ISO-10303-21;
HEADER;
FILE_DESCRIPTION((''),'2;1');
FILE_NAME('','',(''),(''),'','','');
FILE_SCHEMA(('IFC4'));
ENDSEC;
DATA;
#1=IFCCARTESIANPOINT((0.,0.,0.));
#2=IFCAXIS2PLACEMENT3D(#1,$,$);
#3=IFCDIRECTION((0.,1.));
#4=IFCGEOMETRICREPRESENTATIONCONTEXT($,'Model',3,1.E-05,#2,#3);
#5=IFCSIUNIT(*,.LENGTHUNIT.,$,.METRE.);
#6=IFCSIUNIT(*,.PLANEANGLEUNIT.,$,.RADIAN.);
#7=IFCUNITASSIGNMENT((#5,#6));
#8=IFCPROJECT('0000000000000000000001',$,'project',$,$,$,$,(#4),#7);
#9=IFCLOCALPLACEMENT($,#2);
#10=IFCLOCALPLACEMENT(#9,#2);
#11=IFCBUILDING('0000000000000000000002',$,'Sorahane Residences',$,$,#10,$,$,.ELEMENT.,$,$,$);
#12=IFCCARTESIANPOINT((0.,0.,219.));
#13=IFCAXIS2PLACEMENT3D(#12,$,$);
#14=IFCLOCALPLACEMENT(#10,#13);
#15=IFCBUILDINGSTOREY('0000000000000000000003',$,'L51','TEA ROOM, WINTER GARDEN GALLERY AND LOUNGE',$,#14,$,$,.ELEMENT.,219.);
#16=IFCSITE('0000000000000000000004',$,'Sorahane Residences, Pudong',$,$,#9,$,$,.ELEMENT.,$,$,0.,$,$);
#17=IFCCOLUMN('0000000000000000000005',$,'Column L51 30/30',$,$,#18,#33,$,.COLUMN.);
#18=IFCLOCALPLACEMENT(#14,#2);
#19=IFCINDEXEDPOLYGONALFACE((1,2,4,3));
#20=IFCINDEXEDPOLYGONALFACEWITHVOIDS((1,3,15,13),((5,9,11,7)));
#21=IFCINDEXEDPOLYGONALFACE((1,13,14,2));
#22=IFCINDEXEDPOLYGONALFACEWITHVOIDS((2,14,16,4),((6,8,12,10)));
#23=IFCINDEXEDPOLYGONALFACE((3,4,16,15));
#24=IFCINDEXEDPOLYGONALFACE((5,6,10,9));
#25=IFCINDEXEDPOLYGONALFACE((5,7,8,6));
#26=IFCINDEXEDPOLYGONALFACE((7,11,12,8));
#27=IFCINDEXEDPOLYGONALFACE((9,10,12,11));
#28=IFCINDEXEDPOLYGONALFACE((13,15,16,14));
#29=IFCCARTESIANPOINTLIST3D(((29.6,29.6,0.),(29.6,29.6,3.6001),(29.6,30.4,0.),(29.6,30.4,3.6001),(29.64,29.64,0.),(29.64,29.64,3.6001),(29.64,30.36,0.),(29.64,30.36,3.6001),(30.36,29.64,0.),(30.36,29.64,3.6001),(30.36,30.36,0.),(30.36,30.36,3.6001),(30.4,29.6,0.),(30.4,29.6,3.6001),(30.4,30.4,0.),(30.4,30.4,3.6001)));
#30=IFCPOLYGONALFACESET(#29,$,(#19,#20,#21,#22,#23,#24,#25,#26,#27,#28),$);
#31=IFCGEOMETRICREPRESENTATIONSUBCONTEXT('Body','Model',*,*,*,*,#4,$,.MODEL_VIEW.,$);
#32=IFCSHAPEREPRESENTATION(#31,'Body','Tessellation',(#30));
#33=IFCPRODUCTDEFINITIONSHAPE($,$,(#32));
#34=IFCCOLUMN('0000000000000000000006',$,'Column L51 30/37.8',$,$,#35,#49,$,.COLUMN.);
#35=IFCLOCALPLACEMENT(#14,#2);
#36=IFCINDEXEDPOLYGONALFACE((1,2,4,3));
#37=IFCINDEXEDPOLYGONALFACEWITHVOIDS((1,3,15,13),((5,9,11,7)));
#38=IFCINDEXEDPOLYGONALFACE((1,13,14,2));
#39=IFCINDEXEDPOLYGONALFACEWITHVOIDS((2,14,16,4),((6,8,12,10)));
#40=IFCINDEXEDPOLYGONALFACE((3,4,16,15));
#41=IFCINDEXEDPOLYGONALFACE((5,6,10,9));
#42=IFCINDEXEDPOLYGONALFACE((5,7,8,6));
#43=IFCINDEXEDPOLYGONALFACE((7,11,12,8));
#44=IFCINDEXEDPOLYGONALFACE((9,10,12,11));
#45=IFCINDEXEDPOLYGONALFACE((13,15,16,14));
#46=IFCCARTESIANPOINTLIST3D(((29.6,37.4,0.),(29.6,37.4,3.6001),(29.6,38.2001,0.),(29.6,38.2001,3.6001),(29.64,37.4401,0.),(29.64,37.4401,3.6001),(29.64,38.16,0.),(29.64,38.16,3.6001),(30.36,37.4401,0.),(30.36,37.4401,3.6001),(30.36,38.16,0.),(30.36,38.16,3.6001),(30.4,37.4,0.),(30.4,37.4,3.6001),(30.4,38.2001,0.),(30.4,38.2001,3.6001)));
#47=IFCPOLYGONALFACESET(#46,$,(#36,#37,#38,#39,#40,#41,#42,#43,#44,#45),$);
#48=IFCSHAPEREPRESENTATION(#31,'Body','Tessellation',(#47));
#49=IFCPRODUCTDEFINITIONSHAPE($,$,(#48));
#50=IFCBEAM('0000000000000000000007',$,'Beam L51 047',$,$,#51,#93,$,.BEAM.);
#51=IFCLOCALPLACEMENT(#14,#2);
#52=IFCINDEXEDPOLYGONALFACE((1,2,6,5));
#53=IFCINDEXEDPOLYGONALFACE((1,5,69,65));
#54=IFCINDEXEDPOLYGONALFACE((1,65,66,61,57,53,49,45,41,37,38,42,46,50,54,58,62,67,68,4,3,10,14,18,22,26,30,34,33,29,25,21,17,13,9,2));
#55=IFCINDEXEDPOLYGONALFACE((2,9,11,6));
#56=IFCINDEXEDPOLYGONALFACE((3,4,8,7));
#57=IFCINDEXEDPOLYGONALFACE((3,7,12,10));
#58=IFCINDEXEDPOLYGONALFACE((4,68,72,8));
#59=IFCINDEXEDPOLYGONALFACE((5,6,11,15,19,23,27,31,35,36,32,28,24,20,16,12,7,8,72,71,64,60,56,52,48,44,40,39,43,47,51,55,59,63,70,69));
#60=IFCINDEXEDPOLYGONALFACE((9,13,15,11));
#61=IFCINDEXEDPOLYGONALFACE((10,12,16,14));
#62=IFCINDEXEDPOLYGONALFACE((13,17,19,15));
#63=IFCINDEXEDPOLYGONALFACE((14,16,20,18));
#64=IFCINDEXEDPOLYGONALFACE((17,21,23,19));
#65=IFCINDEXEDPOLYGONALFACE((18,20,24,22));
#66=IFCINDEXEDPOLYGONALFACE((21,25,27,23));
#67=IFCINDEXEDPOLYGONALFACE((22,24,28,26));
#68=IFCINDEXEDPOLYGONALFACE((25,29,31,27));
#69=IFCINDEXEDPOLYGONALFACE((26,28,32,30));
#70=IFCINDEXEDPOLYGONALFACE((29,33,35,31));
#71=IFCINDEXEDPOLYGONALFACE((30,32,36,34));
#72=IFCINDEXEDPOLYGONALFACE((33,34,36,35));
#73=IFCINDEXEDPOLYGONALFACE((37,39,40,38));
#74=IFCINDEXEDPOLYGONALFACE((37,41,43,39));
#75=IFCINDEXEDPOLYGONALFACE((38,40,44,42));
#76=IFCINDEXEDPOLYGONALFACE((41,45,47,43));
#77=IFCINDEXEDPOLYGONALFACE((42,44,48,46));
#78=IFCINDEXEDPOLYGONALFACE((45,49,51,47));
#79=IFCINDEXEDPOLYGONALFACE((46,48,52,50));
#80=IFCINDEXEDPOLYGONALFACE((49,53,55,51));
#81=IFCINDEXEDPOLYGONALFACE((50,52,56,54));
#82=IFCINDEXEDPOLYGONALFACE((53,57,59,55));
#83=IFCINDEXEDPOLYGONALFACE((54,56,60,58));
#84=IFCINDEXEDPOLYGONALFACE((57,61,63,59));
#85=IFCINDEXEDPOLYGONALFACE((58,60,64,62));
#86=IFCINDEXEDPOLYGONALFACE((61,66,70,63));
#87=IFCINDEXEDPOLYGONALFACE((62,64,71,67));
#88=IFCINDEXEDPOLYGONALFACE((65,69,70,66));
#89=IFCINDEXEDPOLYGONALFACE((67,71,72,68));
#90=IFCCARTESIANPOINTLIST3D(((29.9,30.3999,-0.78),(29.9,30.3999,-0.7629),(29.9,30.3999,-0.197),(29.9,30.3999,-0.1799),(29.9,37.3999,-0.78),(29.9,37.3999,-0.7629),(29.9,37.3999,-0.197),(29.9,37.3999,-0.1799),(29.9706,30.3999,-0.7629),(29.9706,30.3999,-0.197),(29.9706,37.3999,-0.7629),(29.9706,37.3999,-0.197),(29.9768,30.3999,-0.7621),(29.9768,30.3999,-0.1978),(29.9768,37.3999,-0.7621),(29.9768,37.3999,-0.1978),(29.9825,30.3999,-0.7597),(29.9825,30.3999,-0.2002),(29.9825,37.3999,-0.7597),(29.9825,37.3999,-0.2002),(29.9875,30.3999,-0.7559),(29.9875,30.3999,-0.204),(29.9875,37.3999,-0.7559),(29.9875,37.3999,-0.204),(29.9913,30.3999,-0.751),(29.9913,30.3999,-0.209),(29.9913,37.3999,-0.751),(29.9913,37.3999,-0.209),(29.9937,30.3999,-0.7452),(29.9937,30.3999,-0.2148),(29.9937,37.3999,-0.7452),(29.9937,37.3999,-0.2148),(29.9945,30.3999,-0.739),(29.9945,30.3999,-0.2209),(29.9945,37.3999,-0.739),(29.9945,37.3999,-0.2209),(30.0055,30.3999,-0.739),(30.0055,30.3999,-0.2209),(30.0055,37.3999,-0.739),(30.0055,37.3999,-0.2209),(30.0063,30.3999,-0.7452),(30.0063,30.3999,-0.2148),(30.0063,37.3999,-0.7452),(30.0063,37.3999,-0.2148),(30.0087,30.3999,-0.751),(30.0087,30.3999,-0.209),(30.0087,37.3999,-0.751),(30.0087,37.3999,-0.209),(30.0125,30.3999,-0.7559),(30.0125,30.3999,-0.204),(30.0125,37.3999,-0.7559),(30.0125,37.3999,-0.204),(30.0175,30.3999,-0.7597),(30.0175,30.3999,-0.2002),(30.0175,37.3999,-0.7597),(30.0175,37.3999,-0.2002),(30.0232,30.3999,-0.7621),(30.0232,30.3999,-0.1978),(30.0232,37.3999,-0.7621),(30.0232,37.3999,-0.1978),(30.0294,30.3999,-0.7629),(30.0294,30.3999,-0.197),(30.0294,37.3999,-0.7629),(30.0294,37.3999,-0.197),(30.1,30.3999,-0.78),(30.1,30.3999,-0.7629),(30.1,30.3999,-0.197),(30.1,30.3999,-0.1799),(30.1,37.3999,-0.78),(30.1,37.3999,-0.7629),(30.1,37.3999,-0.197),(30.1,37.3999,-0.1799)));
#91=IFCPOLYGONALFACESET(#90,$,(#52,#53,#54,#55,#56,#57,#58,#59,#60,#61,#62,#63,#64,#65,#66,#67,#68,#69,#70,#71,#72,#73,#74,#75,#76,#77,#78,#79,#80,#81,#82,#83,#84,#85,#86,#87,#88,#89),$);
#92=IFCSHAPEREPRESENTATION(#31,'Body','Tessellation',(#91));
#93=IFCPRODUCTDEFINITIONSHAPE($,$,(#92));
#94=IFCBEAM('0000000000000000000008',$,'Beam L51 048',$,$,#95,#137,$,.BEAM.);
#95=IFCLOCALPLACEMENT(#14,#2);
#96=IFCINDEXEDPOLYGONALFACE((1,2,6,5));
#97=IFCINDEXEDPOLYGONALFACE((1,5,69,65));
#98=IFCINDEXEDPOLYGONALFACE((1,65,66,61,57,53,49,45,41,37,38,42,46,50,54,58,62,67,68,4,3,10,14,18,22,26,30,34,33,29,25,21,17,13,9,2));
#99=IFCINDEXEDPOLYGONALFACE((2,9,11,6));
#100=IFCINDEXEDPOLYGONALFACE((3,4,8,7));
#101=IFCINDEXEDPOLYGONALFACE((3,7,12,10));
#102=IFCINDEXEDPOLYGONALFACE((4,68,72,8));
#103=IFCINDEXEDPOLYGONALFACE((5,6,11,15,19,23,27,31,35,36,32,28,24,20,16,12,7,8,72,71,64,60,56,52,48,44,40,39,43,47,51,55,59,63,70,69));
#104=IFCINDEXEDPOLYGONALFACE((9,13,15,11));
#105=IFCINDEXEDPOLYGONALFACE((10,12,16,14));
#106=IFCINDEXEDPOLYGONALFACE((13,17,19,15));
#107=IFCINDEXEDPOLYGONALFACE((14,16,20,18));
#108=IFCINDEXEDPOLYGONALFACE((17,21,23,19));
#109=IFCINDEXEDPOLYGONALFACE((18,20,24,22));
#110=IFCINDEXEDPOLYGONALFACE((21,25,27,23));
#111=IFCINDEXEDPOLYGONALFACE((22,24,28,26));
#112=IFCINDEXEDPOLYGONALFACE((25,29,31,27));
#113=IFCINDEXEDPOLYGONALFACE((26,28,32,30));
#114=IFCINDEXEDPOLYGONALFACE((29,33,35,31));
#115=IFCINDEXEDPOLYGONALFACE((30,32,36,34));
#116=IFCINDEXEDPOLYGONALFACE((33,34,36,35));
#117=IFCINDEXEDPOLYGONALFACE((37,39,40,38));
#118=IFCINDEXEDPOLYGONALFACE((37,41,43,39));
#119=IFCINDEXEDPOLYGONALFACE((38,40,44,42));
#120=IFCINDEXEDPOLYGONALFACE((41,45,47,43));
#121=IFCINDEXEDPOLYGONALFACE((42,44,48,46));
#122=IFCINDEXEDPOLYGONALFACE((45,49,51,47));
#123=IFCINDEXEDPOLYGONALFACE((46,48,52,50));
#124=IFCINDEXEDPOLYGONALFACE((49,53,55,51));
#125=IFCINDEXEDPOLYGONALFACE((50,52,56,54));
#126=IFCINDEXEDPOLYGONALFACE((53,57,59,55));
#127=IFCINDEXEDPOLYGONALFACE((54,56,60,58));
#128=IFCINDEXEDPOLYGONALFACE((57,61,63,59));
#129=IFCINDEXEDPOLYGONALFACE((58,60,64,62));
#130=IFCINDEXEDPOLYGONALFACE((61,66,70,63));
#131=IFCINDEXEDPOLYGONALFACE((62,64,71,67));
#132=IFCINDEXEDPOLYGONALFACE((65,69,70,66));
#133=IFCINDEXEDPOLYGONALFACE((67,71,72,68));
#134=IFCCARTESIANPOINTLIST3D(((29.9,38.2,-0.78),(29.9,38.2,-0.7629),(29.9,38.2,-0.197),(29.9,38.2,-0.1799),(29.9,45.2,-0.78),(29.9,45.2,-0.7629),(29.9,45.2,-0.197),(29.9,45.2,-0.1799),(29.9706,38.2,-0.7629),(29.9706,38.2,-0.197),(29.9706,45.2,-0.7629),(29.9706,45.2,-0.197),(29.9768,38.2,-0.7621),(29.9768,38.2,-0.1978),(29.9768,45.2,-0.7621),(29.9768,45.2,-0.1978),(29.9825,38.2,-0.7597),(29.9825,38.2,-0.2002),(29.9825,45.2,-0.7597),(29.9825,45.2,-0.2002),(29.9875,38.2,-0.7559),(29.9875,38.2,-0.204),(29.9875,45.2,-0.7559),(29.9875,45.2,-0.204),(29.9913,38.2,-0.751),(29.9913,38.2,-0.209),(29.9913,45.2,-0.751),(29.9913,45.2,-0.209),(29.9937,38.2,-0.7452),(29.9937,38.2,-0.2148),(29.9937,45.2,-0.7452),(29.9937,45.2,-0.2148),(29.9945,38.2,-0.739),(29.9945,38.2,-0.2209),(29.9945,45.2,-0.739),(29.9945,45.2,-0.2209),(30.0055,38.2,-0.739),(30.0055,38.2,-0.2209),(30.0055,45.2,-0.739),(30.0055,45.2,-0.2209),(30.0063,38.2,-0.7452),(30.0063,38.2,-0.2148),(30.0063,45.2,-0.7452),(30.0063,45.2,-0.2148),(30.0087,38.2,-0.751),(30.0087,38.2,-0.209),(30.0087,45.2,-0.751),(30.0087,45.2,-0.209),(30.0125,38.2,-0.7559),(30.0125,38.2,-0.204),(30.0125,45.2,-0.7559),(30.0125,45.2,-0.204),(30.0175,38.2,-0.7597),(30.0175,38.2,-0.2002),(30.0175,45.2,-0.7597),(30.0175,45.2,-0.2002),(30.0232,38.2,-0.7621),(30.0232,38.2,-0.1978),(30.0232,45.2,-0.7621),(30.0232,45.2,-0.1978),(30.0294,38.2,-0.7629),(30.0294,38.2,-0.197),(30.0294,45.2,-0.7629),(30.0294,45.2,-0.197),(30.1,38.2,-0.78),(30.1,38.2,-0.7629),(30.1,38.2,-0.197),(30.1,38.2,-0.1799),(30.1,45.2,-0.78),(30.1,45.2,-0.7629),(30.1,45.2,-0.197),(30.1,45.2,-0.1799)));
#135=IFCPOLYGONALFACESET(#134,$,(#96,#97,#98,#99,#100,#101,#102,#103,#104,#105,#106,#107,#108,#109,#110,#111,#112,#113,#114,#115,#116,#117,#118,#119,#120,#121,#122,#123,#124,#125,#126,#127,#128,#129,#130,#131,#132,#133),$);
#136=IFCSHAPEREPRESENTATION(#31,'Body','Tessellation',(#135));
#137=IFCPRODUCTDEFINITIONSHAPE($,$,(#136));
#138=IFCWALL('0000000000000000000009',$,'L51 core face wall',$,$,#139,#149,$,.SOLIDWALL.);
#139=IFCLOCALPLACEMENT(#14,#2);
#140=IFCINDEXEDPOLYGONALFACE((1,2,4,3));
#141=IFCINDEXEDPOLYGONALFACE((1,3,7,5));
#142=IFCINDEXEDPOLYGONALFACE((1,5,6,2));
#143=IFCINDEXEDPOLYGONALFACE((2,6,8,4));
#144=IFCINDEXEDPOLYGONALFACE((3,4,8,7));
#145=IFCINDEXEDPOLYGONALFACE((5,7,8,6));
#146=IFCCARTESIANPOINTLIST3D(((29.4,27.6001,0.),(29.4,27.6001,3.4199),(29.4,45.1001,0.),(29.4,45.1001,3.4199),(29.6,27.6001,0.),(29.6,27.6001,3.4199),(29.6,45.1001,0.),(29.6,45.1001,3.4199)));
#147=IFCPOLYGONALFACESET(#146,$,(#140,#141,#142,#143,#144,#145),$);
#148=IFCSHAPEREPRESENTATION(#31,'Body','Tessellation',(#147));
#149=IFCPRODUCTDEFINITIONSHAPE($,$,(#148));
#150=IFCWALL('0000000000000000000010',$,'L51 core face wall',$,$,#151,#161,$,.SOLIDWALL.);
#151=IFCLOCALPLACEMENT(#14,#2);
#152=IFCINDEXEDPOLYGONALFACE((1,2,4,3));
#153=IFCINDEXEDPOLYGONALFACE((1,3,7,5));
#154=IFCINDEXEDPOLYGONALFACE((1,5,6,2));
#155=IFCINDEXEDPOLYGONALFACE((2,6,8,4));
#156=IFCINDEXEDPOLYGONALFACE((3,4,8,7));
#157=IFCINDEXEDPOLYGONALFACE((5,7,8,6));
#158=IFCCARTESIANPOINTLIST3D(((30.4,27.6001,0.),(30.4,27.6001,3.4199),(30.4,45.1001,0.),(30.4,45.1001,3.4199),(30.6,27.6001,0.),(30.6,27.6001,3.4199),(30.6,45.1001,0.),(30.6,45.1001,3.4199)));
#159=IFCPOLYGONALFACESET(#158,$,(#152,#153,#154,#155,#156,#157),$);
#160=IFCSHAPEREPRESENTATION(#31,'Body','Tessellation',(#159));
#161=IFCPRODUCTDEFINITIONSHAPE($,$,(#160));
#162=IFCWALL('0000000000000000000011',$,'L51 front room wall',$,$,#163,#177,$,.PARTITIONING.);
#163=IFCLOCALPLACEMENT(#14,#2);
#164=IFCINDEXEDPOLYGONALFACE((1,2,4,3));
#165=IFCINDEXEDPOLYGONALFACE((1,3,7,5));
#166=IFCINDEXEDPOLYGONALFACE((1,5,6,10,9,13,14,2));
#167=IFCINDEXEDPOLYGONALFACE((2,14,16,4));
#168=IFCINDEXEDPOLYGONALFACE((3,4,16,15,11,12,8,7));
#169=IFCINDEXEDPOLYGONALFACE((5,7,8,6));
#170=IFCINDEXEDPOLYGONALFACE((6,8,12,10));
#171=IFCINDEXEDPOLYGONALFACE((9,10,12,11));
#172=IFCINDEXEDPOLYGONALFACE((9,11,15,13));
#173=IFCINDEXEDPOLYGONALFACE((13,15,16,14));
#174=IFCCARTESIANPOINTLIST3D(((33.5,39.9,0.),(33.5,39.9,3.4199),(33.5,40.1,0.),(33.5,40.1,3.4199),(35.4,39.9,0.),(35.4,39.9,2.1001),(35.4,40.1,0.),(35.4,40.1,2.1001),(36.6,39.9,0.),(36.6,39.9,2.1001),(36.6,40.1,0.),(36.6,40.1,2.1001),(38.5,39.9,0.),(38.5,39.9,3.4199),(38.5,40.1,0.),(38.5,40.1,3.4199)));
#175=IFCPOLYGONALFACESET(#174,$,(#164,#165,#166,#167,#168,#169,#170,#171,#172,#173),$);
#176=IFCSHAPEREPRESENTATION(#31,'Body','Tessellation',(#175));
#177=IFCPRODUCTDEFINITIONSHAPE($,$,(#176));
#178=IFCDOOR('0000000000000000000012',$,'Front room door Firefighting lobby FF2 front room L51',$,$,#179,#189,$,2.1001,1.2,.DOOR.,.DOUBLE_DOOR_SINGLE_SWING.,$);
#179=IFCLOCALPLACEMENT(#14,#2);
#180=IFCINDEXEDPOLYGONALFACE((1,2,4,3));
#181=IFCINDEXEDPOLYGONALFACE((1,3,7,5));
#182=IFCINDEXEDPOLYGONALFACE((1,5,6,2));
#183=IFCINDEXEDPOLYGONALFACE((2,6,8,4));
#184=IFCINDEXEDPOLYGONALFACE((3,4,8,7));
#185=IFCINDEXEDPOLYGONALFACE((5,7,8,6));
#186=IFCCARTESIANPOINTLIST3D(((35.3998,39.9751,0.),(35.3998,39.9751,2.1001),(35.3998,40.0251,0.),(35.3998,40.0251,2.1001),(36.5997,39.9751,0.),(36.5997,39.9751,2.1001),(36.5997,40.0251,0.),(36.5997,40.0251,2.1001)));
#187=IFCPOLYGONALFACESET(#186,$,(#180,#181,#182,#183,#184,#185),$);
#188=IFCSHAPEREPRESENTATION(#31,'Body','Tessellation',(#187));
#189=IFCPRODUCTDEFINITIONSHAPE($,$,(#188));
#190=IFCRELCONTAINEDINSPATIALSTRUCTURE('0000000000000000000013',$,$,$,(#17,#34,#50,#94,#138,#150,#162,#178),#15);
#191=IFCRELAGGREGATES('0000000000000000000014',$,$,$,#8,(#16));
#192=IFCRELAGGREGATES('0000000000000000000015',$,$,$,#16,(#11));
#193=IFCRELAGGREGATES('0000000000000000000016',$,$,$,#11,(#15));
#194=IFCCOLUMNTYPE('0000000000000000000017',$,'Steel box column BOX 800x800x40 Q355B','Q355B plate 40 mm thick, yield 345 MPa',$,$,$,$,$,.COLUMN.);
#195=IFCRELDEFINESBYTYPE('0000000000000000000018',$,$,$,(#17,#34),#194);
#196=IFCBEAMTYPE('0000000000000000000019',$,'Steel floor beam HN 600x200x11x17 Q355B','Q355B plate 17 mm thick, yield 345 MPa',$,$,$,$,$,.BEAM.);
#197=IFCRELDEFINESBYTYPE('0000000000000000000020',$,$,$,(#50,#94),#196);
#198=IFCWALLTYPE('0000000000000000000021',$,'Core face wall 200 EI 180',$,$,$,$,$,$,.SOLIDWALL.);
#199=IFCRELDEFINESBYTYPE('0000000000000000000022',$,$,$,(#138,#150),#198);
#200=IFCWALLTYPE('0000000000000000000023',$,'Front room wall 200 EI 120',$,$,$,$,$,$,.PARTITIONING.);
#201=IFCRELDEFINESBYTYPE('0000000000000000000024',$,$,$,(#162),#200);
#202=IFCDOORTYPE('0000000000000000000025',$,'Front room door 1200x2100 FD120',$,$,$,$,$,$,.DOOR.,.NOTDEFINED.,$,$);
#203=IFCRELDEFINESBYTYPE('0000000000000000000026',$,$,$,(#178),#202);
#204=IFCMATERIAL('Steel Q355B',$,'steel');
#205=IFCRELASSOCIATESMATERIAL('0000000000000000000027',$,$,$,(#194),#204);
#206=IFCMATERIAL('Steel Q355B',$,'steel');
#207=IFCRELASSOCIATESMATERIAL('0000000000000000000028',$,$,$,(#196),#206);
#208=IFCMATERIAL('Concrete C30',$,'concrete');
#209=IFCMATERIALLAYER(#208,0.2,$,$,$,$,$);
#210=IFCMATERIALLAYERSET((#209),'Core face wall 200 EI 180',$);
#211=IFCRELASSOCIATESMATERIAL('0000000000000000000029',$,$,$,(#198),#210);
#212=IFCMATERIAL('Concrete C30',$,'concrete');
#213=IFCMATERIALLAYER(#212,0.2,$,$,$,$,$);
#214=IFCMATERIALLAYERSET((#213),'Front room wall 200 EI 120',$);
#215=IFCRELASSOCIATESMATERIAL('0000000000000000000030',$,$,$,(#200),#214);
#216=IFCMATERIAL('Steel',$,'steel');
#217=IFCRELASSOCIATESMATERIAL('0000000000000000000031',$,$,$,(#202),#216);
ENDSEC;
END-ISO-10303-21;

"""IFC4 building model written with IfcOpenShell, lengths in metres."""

from ifc_helpers import new_model, si_unit, direction, frame, frame_2d, origin, origin_2d, place, context, subcontext, project, spatial, rectangle, hollow_rectangle, i_section, extrude, material, layer, layer_set, material_profile, profile_set, type_object, element, fill, save


model = new_model("IFC4")

# Units and contexts
model_context = context("Model", 3, precision=1e-05, world=origin(), true_north=direction((0.0, 1.0)))
body_context = subcontext(model_context, "Body", "Model", "MODEL_VIEW")
ifc_project = project(units=[si_unit("LENGTHUNIT", "METRE"), si_unit("PLANEANGLEUNIT", "RADIAN")], contexts=[model_context])

# Site, building, storey
site_placement = place(None, origin())
site = spatial("IfcSite", under=ifc_project, at=site_placement, Name="Sorahane Residences, Pudong", CompositionType="ELEMENT", RefElevation=0.0)
building_placement = place(site_placement, origin())
building = spatial("IfcBuilding", under=site, at=building_placement, Name="Sorahane Residences", CompositionType="ELEMENT")
storey_placement = place(building_placement, frame((0.0, 0.0, 219.0)))
storey = spatial("IfcBuildingStorey", under=building, at=storey_placement, Name="L51", Description="TEA ROOM, WINTER GARDEN GALLERY AND LOUNGE", CompositionType="ELEMENT", Elevation=219.0)

# Columns
ifc_material_1 = material(Name="Steel Q355B", Category="steel")
ifc_material_profile_1 = material_profile(ifc_material_1, hollow_rectangle(XDim=0.8, YDim=0.8, WallThickness=0.04, at=origin_2d()), Name="BOX 800x800x40")
ifc_profile_set_1 = profile_set([ifc_material_profile_1], Name="Steel Q355B")
column_type = type_object("IfcColumnType", Name="Steel box column BOX 800x800x40 Q355B", Description="Q355B plate 40 mm thick, yield 345 MPa", PredefinedType="COLUMN", material=ifc_profile_set_1)
for number, where, z_axis, x_axis, name in (
    (1, (30.0, 30.0, 0.0), (0.0, 0.0, 1.0), (1.0, 0.0, 0.0), "Column L51 30/30"),
    (2, (30.0, 37.8, 0.0), (0.0, 0.0, 1.0), (1.0, 0.0, 0.0), "Column L51 30/37.8"),
):
    element("IfcColumn", number, at=place(storey_placement, frame(where, z_axis=z_axis, x_axis=x_axis)), inside=storey, type_object=column_type, Name=name, PredefinedType="COLUMN", context=body_context, shape_type="SweptSolid", body=[
        extrude(hollow_rectangle(XDim=0.8, YDim=0.8, WallThickness=0.04, at=origin_2d()), origin(), (0.0, 0.0, 1.0), 3.6001),
    ])

# Beams
ifc_material_2 = material(Name="Steel Q355B", Category="steel")
ifc_material_profile_2 = material_profile(ifc_material_2, i_section(OverallWidth=0.2, OverallDepth=0.6001, WebThickness=0.011, FlangeThickness=0.0171, FilletRadius=0.0239, at=origin_2d()), Name="HN 600x200x11x17")
ifc_profile_set_2 = profile_set([ifc_material_profile_2], Name="Steel Q355B")
beam_type = type_object("IfcBeamType", Name="Steel floor beam HN 600x200x11x17 Q355B", Description="Q355B plate 17 mm thick, yield 345 MPa", PredefinedType="BEAM", material=ifc_profile_set_2)
for number, where, z_axis, x_axis, name in (
    (3, (30.0, 30.3999, -0.48), (0.0, 1.0, 0.0), (-1.0, 0.0, 0.0), "Beam L51 047"),
    (4, (30.0, 38.2, -0.48), (0.0, 1.0, 0.0), (-1.0, 0.0, 0.0), "Beam L51 048"),
):
    element("IfcBeam", number, at=place(storey_placement, frame(where, z_axis=z_axis, x_axis=x_axis)), inside=storey, type_object=beam_type, Name=name, PredefinedType="BEAM", context=body_context, shape_type="SweptSolid", body=[
        extrude(i_section(OverallWidth=0.2, OverallDepth=0.6001, WebThickness=0.011, FlangeThickness=0.0171, FilletRadius=0.0239, at=origin_2d()), origin(), (0.0, 0.0, 1.0), 7.0),
    ])

# Walls
ifc_material_3 = material(Name="Concrete C30", Category="concrete")
ifc_layer_1 = layer(ifc_material_3, 0.2)
ifc_layer_set_1 = layer_set([ifc_layer_1], Name="Core face wall 200 EI 180")
wall_type_1 = type_object("IfcWallType", Name="Core face wall 200 EI 180", PredefinedType="SOLIDWALL", material=ifc_layer_set_1)
for number, where, z_axis, x_axis, name in (
    (5, (29.5, 27.6001, 0.0), (0.0, 0.0, 1.0), (0.0, 1.0, 0.0), "L51 core face wall"),
    (6, (30.5, 27.6001, 0.0), (0.0, 0.0, 1.0), (0.0, 1.0, 0.0), "L51 core face wall"),
):
    element("IfcWall", number, at=place(storey_placement, frame(where, z_axis=z_axis, x_axis=x_axis)), inside=storey, type_object=wall_type_1, Name=name, PredefinedType="SOLIDWALL", context=body_context, shape_type="SweptSolid", body=[
        extrude(rectangle(XDim=17.5, YDim=0.2, at=frame_2d((8.75, 0.0))), origin(), (0.0, 0.0, 1.0), 3.4199),
    ])

# Wall, opening, door
ifc_material_4 = material(Name="Concrete C30", Category="concrete")
ifc_layer_2 = layer(ifc_material_4, 0.2)
ifc_layer_set_2 = layer_set([ifc_layer_2], Name="Front room wall 200 EI 120")
wall_type_2 = type_object("IfcWallType", Name="Front room wall 200 EI 120", PredefinedType="PARTITIONING", material=ifc_layer_set_2)
wall_1_placement = place(storey_placement, frame((33.5, 40.0, 0.0), z_axis=(0.0, 0.0, 1.0), x_axis=(1.0, 0.0, 0.0)))
wall_1 = element("IfcWall", 7, at=wall_1_placement, inside=storey, type_object=wall_type_2, Name="L51 front room wall", PredefinedType="PARTITIONING", context=body_context, shape_type="SweptSolid", body=[
    extrude(rectangle(XDim=5.0, YDim=0.2, at=frame_2d((2.5, 0.0))), origin(), (0.0, 0.0, 1.0), 3.4199),
])
opening_1_placement = place(wall_1_placement, frame((1.8999, 0.0, 0.0)))
opening_1 = element("IfcOpeningElement", 8, at=opening_1_placement, cuts=wall_1, PredefinedType="OPENING", context=body_context, shape_type="SweptSolid", body=[
    extrude(rectangle(XDim=1.2, YDim=2.1001, at=frame_2d((0.6001, 1.05))), frame((0.0, 0.1099, 0.0), z_axis=(0.0, -1.0, 0.0), x_axis=(1.0, 0.0, 0.0)), (0.0, 0.0, 1.0), 0.22),
])
ifc_material_5 = material(Name="Steel", Category="steel")
door_type_1 = type_object("IfcDoorType", Name="Front room door 1200x2100 FD120", OperationType="NOTDEFINED", PredefinedType="DOOR", material=ifc_material_5)
door_1_placement = place(opening_1_placement, frame((1.2, 0.0, 0.0), z_axis=(0.0, 0.0, 1.0), x_axis=(-1.0, 0.0, 0.0)))
door_1 = element("IfcDoor", 9, at=door_1_placement, inside=storey, type_object=door_type_1, Name="Front room door Firefighting lobby FF2 front room L51", OperationType="DOUBLE_DOOR_SINGLE_SWING", OverallHeight=2.1001, OverallWidth=1.2, PredefinedType="DOOR", context=body_context, shape_type="SweptSolid", body=[
    extrude(rectangle(XDim=1.2, YDim=2.1001, at=frame_2d((0.6001, 1.05))), frame((0.0, 0.0249, 0.0), z_axis=(0.0, -1.0, 0.0), x_axis=(1.0, 0.0, 0.0)), (0.0, 0.0, 1.0), 0.05),
])
fill(opening_1, door_1)

save(model, "model.ifc")
